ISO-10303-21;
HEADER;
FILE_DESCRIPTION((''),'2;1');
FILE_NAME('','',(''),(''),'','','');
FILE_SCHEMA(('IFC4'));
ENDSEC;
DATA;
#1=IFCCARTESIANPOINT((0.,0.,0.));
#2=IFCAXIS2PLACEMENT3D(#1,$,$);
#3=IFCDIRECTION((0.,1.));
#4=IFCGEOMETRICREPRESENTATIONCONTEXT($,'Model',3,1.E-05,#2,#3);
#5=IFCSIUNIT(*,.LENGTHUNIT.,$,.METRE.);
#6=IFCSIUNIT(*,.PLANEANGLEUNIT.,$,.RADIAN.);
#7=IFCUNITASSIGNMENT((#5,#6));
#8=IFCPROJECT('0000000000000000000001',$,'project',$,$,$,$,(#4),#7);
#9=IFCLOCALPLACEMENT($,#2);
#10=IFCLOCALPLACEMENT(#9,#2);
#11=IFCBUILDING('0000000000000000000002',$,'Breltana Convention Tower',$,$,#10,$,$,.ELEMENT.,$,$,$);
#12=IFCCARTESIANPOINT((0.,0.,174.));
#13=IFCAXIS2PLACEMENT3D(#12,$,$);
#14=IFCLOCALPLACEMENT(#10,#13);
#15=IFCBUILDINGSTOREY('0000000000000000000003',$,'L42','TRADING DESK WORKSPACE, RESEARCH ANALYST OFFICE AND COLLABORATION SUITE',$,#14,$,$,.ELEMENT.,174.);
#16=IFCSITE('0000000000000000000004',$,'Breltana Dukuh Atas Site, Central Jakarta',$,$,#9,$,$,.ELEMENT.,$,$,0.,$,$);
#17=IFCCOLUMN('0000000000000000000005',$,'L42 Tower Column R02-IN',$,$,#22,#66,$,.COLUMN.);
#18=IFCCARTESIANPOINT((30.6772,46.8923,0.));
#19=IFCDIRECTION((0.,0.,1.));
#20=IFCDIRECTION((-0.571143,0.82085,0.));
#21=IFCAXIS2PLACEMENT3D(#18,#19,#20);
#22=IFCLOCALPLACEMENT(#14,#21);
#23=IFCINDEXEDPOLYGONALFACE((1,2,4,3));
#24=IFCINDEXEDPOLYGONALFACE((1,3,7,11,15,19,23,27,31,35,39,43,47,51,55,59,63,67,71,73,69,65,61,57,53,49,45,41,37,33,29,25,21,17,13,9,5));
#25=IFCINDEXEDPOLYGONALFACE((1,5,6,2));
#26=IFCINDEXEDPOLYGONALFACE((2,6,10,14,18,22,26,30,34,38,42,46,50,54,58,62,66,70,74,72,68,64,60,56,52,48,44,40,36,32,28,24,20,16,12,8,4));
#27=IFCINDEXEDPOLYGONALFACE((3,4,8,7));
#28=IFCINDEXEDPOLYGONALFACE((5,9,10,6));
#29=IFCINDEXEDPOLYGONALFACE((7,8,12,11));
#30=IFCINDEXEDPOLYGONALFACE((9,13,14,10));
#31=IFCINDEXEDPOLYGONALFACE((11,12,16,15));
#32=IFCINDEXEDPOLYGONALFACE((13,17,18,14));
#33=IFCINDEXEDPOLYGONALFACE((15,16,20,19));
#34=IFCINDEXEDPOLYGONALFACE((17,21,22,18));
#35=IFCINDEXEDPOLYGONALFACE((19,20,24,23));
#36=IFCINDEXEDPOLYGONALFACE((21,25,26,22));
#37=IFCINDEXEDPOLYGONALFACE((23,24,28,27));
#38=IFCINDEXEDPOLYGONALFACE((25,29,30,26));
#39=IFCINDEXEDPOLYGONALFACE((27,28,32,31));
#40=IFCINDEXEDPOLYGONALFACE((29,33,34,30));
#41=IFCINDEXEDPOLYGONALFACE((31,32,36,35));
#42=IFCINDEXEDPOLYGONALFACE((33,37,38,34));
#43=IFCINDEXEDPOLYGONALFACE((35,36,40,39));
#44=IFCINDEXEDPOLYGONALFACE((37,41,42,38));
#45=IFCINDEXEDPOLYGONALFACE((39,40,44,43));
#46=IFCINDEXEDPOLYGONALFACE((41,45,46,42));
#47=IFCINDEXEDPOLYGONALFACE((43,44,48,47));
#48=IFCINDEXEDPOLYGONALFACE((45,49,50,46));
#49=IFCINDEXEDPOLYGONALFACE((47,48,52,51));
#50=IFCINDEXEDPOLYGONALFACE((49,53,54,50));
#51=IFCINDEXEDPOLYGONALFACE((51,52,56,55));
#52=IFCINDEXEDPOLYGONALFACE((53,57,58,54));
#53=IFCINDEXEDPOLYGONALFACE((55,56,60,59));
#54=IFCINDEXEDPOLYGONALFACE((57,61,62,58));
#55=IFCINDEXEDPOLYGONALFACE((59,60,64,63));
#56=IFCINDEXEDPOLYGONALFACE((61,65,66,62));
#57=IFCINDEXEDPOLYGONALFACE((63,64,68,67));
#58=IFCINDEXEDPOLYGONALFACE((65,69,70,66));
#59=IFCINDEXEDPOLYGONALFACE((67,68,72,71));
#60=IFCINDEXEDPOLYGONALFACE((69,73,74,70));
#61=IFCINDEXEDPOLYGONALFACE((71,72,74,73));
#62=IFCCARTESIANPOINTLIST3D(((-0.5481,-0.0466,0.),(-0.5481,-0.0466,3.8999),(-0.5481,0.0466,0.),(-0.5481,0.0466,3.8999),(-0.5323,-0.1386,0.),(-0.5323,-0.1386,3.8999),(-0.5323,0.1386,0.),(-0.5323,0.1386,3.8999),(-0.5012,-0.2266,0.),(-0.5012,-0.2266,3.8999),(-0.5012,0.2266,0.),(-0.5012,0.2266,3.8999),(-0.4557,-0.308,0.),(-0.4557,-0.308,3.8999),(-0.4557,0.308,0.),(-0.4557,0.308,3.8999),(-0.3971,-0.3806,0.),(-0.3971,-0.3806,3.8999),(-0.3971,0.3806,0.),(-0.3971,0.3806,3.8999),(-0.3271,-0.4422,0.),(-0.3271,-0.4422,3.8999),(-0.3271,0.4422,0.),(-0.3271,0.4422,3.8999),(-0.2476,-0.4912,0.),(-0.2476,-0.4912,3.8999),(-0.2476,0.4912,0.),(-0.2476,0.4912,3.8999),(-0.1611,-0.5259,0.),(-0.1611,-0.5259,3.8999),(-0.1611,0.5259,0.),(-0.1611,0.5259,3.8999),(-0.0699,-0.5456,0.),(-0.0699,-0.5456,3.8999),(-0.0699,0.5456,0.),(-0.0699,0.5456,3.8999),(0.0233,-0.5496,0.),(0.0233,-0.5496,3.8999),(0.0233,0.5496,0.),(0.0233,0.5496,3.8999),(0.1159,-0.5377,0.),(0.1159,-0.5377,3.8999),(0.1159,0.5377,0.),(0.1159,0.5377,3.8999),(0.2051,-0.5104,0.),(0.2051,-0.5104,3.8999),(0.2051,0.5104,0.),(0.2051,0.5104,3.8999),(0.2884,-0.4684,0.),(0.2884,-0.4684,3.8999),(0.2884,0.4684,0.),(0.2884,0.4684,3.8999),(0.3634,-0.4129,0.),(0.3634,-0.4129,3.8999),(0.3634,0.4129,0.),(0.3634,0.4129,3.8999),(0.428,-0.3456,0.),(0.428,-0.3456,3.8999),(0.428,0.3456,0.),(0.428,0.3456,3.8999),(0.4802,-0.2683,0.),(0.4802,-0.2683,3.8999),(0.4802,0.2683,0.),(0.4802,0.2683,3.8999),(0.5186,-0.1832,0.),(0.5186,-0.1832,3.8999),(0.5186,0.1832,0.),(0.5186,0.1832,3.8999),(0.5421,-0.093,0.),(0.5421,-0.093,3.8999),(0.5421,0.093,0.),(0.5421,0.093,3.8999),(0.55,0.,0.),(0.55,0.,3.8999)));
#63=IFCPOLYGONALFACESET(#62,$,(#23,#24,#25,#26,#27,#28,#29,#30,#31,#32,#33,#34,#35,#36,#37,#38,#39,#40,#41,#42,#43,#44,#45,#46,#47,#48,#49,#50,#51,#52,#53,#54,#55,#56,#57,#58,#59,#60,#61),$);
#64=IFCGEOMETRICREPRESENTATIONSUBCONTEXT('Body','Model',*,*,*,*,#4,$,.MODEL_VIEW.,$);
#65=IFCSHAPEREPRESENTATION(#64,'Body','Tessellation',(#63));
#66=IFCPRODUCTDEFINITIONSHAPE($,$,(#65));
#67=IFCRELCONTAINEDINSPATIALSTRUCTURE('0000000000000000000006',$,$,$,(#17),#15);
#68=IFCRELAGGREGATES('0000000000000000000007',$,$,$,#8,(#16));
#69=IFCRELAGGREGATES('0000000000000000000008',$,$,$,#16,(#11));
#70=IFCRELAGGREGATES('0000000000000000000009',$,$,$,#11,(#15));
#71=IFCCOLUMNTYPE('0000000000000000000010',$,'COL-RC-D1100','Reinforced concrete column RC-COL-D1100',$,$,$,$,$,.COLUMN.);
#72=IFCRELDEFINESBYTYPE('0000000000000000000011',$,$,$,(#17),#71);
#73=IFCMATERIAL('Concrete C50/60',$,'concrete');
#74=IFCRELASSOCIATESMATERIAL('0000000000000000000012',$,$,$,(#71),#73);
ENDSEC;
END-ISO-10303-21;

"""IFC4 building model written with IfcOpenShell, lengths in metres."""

from ifc_helpers import new_model, si_unit, direction, frame, origin, origin_2d, place, context, subcontext, project, spatial, circle, extrude, source, transform, mapped, material, material_profile, profile_set, type_object, element, save


model = new_model("IFC4")

# Units and contexts
model_context = context("Model", 3, precision=1e-05, world=origin(), true_north=direction((0.0, 1.0)))
body_context = subcontext(model_context, "Body", "Model", "MODEL_VIEW")
ifc_project = project(units=[si_unit("LENGTHUNIT", "METRE"), si_unit("PLANEANGLEUNIT", "RADIAN")], contexts=[model_context])

# Site, building, storey
site_placement = place(None, origin())
site = spatial("IfcSite", under=ifc_project, at=site_placement, Name="Breltana Dukuh Atas Site, Central Jakarta", CompositionType="ELEMENT", RefElevation=0.0)
building_placement = place(site_placement, origin())
building = spatial("IfcBuilding", under=site, at=building_placement, Name="Breltana Convention Tower", CompositionType="ELEMENT")
storey_placement = place(building_placement, frame((0.0, 0.0, 174.0)))
storey = spatial("IfcBuildingStorey", under=building, at=storey_placement, Name="L42", Description="TRADING DESK WORKSPACE, RESEARCH ANALYST OFFICE AND COLLABORATION SUITE", CompositionType="ELEMENT", Elevation=174.0)

# Column
ifc_material_1 = material(Name="Concrete C50/60", Category="concrete")
ifc_material_profile_1 = material_profile(ifc_material_1, circle(Radius=0.55, at=origin_2d()), Name="RC-COL-D1100")
ifc_profile_set_1 = profile_set([ifc_material_profile_1], Name="Concrete C50/60")
column_type = type_object("IfcColumnType", Name="COL-RC-D1100", Description="Reinforced concrete column RC-COL-D1100", PredefinedType="COLUMN", material=ifc_profile_set_1)
shared_shape_1 = source(origin(), body_context, "Body", "SweptSolid", [
    extrude(circle(Radius=0.55, at=origin_2d()), origin(), (0.0, 0.0, 1.0), 3.8999),
])
for number, where, z_axis, x_axis, name in (
    (1, (30.6772, 46.8923, 0.0), (0.0, 0.0, 1.0), (-0.571143, 0.82085, 0.0), "L42 Tower Column R02-IN"),
):
    element("IfcColumn", number, at=place(storey_placement, frame(where, z_axis=z_axis, x_axis=x_axis)), inside=storey, type_object=column_type, Name=name, PredefinedType="COLUMN", context=body_context, shape_type="MappedRepresentation", body=[
        mapped(shared_shape_1, transform((0.0, 0.0, 0.0), scale=1.0)),
    ])

save(model, "model.ifc")
